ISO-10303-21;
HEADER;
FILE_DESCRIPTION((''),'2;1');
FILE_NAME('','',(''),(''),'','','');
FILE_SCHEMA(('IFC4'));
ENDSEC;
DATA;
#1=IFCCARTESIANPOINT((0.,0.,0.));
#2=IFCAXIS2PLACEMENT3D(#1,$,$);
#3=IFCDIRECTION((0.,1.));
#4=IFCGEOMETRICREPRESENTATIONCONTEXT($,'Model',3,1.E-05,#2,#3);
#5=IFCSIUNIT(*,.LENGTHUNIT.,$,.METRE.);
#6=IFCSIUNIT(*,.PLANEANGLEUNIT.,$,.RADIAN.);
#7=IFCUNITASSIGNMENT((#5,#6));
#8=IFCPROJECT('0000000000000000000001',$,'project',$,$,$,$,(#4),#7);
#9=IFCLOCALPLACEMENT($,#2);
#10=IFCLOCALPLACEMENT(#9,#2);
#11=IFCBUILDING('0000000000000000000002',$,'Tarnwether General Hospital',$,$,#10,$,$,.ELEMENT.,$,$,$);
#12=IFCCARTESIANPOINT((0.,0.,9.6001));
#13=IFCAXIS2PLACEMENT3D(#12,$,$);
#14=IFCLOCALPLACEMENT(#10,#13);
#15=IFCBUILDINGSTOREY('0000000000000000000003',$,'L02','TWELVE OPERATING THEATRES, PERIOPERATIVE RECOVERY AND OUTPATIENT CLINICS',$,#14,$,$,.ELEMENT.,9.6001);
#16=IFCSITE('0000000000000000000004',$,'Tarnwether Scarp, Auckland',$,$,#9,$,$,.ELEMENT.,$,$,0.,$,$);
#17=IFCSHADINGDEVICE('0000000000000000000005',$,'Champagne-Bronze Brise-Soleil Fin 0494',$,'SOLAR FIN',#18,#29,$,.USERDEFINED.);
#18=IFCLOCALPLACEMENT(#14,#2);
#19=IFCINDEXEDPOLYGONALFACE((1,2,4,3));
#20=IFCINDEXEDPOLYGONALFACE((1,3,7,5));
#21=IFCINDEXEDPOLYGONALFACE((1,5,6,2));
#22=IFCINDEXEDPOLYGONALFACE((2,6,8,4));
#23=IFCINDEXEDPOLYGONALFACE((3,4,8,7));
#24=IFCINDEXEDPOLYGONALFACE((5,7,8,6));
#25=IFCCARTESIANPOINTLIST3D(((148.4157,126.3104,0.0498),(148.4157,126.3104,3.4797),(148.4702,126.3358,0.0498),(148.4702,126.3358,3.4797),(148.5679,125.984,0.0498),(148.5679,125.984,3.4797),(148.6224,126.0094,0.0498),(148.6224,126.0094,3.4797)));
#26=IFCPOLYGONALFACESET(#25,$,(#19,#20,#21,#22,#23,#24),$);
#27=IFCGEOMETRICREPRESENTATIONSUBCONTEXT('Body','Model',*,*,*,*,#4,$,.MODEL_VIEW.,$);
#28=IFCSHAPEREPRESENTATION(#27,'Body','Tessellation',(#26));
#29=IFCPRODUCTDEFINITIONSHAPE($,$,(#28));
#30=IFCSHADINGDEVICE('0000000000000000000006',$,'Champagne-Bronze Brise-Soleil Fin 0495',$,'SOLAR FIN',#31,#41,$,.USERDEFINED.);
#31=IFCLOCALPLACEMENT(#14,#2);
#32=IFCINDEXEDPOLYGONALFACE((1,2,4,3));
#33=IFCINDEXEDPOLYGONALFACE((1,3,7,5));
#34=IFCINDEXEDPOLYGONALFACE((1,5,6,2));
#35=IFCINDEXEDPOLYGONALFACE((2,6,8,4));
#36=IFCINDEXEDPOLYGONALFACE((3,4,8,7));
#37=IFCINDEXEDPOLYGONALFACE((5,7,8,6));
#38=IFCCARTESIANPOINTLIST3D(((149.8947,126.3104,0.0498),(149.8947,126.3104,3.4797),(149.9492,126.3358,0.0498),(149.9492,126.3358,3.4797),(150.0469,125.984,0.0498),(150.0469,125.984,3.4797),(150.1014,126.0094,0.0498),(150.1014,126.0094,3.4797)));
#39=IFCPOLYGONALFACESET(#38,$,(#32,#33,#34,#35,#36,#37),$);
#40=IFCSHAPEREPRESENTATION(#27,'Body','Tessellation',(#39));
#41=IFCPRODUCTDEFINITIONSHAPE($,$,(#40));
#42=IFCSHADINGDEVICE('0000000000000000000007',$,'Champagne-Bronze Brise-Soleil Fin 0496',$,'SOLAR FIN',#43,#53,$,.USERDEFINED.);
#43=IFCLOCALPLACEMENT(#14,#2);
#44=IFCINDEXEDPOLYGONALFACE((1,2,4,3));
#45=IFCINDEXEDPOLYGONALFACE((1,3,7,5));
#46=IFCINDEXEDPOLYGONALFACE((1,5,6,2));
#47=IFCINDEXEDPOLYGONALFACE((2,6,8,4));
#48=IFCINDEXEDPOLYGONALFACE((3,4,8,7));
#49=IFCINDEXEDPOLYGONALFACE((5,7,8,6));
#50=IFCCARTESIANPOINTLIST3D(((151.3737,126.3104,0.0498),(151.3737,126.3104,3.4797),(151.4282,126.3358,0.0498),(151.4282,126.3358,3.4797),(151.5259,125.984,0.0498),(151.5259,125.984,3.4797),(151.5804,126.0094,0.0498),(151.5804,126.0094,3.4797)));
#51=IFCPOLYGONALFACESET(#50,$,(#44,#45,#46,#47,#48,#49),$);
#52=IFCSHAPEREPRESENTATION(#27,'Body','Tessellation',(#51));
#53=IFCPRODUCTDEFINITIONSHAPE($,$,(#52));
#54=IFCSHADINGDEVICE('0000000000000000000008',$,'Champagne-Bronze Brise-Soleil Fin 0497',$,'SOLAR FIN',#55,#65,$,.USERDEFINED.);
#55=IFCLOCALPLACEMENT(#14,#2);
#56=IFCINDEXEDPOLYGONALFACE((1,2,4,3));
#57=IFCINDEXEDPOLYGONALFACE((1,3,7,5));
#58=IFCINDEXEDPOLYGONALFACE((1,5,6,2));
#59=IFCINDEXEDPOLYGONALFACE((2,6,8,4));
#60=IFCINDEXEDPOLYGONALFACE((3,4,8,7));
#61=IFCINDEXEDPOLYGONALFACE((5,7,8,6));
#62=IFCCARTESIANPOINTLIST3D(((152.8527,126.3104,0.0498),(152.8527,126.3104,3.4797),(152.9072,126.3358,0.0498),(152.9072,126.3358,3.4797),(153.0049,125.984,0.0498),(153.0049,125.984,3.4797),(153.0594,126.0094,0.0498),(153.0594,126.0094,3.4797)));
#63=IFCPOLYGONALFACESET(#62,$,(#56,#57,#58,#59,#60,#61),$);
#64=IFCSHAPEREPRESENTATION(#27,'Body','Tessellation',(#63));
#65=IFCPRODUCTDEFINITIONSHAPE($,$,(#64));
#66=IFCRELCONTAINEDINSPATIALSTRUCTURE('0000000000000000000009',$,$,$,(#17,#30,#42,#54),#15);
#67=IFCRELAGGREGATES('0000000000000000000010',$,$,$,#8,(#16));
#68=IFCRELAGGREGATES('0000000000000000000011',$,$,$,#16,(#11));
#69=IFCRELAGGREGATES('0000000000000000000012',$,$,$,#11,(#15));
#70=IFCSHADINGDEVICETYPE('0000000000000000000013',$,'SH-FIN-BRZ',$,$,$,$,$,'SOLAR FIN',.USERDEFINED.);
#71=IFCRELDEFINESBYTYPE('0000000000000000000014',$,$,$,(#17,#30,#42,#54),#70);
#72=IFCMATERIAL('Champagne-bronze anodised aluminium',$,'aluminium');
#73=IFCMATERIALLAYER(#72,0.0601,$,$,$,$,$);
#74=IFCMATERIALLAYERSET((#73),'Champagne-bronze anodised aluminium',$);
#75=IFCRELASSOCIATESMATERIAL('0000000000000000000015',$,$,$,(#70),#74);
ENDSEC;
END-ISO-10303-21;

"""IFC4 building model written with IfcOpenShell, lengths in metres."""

from ifc_helpers import new_model, si_unit, direction, frame, origin, origin_2d, place, context, subcontext, project, spatial, rectangle, extrude, material, layer, layer_set, type_object, element, save


model = new_model("IFC4")

# Units and contexts
model_context = context("Model", 3, precision=1e-05, world=origin(), true_north=direction((0.0, 1.0)))
body_context = subcontext(model_context, "Body", "Model", "MODEL_VIEW")
ifc_project = project(units=[si_unit("LENGTHUNIT", "METRE"), si_unit("PLANEANGLEUNIT", "RADIAN")], contexts=[model_context])

# Site, building, storey
site_placement = place(None, origin())
site = spatial("IfcSite", under=ifc_project, at=site_placement, Name="Tarnwether Scarp, Auckland", CompositionType="ELEMENT", RefElevation=0.0)
building_placement = place(site_placement, origin())
building = spatial("IfcBuilding", under=site, at=building_placement, Name="Tarnwether General Hospital", CompositionType="ELEMENT")
storey_placement = place(building_placement, frame((0.0, 0.0, 9.6001)))
storey = spatial("IfcBuildingStorey", under=building, at=storey_placement, Name="L02", Description="TWELVE OPERATING THEATRES, PERIOPERATIVE RECOVERY AND OUTPATIENT CLINICS", CompositionType="ELEMENT", Elevation=9.6001)

# Shading devices
ifc_material_1 = material(Name="Champagne-bronze anodised aluminium", Category="aluminium")
ifc_layer_1 = layer(ifc_material_1, 0.0601)
ifc_layer_set_1 = layer_set([ifc_layer_1], Name="Champagne-bronze anodised aluminium")
shading_device_type = type_object("IfcShadingDeviceType", Name="SH-FIN-BRZ", ElementType="SOLAR FIN", PredefinedType="USERDEFINED", material=ifc_layer_set_1)
for number, where, z_axis, x_axis, name in (
    (1, (148.519, 126.1599, 0.0498), (0.0, 0.0, 1.0), (0.906308, 0.422618, 0.0), "Champagne-Bronze Brise-Soleil Fin 0494"),
    (2, (149.998, 126.1599, 0.0498), (0.0, 0.0, 1.0), (0.906308, 0.422618, 0.0), "Champagne-Bronze Brise-Soleil Fin 0495"),
    (3, (151.4771, 126.1599, 0.0498), (0.0, 0.0, 1.0), (0.906308, 0.422618, 0.0), "Champagne-Bronze Brise-Soleil Fin 0496"),
    (4, (152.9561, 126.1599, 0.0498), (0.0, 0.0, 1.0), (0.906308, 0.422618, 0.0), "Champagne-Bronze Brise-Soleil Fin 0497"),
):
    element("IfcShadingDevice", number, at=place(storey_placement, frame(where, z_axis=z_axis, x_axis=x_axis)), inside=storey, type_object=shading_device_type, Name=name, ObjectType="SOLAR FIN", PredefinedType="USERDEFINED", context=body_context, shape_type="SweptSolid", body=[
        extrude(rectangle(XDim=0.0601, YDim=0.3601, at=origin_2d()), origin(), (0.0, 0.0, 1.0), 3.4299),
    ])

save(model, "model.ifc")
